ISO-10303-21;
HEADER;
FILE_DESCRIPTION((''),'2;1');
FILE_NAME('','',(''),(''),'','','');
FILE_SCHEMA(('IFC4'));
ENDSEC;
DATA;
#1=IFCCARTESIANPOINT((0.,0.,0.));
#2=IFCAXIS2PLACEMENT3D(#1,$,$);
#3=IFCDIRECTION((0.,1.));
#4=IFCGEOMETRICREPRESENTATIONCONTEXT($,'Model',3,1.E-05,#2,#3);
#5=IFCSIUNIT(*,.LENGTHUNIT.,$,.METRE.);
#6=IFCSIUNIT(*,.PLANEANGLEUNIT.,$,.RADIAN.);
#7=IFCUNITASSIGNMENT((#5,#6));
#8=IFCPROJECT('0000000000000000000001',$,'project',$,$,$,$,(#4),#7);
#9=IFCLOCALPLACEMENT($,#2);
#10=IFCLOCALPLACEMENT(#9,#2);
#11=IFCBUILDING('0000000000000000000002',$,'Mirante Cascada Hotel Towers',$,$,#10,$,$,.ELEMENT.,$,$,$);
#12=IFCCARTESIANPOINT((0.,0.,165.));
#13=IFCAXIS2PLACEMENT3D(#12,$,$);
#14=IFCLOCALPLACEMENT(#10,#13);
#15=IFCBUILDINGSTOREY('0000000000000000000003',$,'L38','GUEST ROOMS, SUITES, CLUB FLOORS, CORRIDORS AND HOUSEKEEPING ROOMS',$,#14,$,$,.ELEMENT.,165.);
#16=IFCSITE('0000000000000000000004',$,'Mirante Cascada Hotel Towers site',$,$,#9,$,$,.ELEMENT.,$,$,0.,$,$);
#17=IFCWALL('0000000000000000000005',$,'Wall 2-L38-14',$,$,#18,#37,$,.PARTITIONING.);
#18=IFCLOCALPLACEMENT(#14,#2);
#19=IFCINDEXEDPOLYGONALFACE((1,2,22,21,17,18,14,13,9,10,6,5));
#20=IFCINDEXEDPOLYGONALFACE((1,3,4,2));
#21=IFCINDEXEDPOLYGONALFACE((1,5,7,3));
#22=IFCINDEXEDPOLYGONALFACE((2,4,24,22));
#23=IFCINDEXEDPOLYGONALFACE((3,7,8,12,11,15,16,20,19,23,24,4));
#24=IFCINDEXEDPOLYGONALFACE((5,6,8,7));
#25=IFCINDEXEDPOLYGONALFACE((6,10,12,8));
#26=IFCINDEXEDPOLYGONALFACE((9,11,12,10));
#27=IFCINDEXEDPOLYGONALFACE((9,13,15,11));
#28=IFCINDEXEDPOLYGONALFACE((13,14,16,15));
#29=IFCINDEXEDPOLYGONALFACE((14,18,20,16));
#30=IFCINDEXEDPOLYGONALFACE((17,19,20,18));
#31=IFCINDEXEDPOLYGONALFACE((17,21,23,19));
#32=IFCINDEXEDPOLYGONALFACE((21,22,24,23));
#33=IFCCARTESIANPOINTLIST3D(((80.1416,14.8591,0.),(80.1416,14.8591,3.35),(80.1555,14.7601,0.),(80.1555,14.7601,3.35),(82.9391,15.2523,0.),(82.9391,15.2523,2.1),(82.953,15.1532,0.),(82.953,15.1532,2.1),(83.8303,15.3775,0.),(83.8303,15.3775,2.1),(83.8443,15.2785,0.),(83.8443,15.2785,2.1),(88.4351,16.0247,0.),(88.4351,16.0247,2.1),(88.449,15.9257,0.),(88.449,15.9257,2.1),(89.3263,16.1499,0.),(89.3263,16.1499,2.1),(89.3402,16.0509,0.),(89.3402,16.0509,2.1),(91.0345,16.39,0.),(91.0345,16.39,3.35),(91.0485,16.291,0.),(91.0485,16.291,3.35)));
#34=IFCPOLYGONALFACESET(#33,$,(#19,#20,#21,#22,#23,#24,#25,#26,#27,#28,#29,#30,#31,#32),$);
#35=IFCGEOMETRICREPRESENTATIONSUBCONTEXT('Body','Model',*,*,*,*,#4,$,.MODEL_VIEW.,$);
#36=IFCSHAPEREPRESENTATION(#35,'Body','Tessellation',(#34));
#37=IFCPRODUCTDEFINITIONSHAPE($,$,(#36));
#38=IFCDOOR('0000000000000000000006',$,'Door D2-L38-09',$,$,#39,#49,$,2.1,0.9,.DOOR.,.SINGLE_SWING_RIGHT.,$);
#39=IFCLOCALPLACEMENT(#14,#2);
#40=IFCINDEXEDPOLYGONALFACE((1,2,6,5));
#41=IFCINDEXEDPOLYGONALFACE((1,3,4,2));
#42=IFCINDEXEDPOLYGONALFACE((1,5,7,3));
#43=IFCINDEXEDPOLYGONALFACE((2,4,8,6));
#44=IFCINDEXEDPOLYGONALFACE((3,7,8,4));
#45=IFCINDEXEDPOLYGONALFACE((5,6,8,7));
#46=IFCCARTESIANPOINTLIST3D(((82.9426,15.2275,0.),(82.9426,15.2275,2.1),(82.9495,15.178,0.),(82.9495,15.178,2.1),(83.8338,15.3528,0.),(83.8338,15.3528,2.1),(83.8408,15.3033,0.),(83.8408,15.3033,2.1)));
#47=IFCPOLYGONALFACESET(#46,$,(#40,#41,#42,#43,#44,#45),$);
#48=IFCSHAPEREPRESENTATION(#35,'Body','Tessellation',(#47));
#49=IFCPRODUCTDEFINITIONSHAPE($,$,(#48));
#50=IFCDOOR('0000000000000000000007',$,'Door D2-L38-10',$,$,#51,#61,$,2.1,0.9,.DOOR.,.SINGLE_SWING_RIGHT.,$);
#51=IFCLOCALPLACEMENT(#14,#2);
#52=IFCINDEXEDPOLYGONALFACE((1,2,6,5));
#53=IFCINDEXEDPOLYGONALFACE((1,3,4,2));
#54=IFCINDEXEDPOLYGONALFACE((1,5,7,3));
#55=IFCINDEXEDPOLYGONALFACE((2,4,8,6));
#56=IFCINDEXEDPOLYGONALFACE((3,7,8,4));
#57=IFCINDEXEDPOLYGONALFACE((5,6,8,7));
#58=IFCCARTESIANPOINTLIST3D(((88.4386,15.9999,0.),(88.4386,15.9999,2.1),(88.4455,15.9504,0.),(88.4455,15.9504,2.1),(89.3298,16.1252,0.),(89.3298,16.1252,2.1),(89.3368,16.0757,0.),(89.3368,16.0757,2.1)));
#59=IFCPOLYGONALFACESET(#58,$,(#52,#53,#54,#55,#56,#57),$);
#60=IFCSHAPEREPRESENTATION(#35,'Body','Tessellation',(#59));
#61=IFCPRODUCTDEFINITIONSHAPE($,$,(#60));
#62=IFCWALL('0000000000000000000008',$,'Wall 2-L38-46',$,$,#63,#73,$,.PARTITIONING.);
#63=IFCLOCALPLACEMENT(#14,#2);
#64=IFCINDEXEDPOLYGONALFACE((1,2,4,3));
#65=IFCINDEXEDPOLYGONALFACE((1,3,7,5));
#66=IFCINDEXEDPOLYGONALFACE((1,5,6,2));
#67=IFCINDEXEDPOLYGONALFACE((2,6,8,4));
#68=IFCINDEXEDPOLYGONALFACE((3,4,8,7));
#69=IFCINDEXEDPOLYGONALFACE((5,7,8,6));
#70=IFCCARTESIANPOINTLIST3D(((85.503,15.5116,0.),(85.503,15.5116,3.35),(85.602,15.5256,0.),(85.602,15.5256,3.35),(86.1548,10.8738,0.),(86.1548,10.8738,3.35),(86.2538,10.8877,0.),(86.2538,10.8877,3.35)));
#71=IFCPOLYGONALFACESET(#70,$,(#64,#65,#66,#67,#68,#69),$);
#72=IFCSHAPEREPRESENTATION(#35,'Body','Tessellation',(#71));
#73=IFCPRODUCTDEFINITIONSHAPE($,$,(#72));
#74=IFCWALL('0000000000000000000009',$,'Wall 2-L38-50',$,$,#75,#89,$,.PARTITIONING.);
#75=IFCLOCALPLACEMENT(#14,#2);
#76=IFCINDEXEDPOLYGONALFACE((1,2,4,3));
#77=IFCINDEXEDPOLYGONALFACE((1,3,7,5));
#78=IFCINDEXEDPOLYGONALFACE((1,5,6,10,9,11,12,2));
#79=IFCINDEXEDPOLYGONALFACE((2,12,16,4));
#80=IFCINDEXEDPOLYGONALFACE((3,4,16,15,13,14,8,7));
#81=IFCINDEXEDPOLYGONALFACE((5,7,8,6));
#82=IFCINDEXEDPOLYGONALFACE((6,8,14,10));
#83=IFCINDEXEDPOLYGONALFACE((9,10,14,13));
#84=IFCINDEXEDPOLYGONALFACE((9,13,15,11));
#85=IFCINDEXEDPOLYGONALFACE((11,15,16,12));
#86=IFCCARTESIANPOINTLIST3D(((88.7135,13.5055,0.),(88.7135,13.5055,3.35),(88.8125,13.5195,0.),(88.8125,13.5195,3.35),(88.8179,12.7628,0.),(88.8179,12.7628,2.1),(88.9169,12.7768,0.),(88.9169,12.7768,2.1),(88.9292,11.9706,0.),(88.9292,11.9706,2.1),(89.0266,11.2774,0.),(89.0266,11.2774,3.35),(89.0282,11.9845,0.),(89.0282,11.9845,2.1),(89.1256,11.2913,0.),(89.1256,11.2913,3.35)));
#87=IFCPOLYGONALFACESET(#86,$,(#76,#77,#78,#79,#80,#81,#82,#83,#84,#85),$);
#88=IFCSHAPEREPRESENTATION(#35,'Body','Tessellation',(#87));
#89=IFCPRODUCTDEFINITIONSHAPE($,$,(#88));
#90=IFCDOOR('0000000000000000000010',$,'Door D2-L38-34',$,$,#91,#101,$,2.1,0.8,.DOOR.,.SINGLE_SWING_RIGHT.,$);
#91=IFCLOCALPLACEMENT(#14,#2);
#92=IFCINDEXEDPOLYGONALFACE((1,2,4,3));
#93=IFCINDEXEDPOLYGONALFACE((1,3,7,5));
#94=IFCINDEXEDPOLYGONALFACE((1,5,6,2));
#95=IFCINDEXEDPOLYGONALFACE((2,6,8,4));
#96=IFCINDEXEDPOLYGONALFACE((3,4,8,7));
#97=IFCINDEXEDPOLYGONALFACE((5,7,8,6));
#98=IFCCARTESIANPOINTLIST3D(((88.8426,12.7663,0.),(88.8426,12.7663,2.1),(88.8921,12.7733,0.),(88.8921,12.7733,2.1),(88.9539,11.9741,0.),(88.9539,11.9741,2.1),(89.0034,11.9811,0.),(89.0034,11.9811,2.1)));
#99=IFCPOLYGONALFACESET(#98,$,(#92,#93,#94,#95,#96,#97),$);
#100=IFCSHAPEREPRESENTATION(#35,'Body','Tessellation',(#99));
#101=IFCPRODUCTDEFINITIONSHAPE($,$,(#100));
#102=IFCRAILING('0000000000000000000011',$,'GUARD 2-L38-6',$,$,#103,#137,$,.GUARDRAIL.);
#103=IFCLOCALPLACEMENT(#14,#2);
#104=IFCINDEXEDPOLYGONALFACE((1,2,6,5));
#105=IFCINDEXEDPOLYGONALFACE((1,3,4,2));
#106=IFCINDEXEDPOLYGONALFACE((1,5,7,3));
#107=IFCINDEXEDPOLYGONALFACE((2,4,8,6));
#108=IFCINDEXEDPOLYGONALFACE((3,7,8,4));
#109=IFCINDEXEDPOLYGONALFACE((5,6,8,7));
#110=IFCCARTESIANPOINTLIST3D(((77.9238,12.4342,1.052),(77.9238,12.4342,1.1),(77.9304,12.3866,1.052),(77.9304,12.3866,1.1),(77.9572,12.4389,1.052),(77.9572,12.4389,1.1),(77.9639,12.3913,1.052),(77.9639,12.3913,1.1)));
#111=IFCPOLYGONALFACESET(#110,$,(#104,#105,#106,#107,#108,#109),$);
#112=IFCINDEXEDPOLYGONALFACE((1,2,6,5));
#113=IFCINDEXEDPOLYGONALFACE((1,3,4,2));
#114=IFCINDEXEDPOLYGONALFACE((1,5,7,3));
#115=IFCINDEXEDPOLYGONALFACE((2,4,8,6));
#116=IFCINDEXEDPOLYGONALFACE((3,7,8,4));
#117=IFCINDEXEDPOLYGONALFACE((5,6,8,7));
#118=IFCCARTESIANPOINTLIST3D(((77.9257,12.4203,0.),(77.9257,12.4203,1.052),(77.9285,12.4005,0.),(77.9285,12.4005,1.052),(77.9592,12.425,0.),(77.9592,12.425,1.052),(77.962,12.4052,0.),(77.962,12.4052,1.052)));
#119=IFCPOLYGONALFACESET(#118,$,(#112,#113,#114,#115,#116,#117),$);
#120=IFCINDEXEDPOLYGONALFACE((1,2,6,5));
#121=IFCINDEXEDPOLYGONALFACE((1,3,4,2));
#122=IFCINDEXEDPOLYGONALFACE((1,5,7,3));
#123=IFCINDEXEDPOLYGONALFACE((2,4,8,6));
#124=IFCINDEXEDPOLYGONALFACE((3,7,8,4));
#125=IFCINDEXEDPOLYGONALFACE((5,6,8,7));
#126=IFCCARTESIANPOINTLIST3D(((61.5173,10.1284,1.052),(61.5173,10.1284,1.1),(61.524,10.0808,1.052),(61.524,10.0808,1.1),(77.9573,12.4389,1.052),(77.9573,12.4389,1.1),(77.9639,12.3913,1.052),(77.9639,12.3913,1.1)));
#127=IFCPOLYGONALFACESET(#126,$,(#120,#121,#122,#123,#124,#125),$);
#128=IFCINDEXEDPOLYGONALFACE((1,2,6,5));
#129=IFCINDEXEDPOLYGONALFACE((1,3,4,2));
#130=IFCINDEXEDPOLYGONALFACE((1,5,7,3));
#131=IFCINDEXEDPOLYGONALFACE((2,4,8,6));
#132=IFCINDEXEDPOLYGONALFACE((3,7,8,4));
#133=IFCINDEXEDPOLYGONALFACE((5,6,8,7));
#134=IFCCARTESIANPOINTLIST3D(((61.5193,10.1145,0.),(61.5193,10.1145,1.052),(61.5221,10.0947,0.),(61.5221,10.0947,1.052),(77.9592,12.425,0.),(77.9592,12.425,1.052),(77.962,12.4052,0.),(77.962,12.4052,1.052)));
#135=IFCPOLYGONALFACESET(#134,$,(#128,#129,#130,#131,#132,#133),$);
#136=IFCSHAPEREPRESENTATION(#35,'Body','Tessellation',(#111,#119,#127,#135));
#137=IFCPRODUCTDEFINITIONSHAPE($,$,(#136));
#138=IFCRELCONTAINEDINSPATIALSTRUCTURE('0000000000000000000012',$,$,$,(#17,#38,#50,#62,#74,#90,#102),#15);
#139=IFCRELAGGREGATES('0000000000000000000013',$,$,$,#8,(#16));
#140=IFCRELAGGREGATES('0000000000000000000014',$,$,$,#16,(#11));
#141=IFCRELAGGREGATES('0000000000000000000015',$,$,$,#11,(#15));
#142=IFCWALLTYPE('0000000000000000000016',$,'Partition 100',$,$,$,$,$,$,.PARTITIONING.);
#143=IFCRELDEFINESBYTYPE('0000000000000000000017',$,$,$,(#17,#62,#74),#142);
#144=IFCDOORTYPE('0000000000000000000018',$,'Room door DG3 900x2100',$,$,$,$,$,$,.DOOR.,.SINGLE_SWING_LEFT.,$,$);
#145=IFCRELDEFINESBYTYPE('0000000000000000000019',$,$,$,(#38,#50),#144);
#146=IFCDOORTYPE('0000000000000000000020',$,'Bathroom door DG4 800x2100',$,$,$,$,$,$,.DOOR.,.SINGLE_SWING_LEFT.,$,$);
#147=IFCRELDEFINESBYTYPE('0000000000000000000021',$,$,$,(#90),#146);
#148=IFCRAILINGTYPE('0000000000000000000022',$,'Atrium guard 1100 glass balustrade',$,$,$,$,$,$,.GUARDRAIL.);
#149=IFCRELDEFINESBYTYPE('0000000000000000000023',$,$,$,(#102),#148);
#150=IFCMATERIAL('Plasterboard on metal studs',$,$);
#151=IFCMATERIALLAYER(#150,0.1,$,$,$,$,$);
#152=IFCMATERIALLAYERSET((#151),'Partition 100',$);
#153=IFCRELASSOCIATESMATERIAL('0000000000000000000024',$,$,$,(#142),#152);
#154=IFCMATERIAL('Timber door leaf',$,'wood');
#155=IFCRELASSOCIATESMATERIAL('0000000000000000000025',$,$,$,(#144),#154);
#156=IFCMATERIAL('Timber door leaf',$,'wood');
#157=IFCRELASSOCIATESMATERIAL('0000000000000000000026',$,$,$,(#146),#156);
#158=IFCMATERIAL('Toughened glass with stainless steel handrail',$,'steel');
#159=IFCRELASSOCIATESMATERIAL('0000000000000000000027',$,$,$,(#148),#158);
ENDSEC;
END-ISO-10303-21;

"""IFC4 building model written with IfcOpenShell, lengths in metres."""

from ifc_helpers import new_model, si_unit, direction, frame, frame_2d, origin, origin_2d, place, context, subcontext, project, spatial, rectangle, extrude, material, layer, layer_set, type_object, element, fill, save


model = new_model("IFC4")

# Units and contexts
model_context = context("Model", 3, precision=1e-05, world=origin(), true_north=direction((0.0, 1.0)))
body_context = subcontext(model_context, "Body", "Model", "MODEL_VIEW")
ifc_project = project(units=[si_unit("LENGTHUNIT", "METRE"), si_unit("PLANEANGLEUNIT", "RADIAN")], contexts=[model_context])

# Site, building, storey
site_placement = place(None, origin())
site = spatial("IfcSite", under=ifc_project, at=site_placement, Name="Mirante Cascada Hotel Towers site", CompositionType="ELEMENT", RefElevation=0.0)
building_placement = place(site_placement, origin())
building = spatial("IfcBuilding", under=site, at=building_placement, Name="Mirante Cascada Hotel Towers", CompositionType="ELEMENT")
storey_placement = place(building_placement, frame((0.0, 0.0, 165.0)))
storey = spatial("IfcBuildingStorey", under=building, at=storey_placement, Name="L38", Description="GUEST ROOMS, SUITES, CLUB FLOORS, CORRIDORS AND HOUSEKEEPING ROOMS", CompositionType="ELEMENT", Elevation=165.0)

# Shared definitions
ifc_material_1 = material(Name="Plasterboard on metal studs")
ifc_layer_1 = layer(ifc_material_1, 0.1)
ifc_layer_set_1 = layer_set([ifc_layer_1], Name="Partition 100")
wall_type_1 = type_object("IfcWallType", Name="Partition 100", PredefinedType="PARTITIONING", material=ifc_layer_set_1)

# Wall, openings, doors
wall_1_placement = place(storey_placement, frame((91.0415, 16.3405, 0.0), z_axis=(0.0, 0.0, 1.0), x_axis=(-0.990268, -0.139173, 0.0)))
wall_1 = element("IfcWall", 1, at=wall_1_placement, inside=storey, type_object=wall_type_1, Name="Wall 2-L38-14", PredefinedType="PARTITIONING", context=body_context, shape_type="SweptSolid", body=[
    extrude(rectangle(XDim=11.0, YDim=0.1, at=frame_2d((5.5, 0.0))), origin(), (0.0, 0.0, 1.0), 3.35),
])
opening_1_placement = place(wall_1_placement, frame((7.275, 0.0, 0.0)))
opening_1 = element("IfcOpeningElement", 2, at=opening_1_placement, cuts=wall_1, PredefinedType="OPENING", context=body_context, shape_type="SweptSolid", body=[
    extrude(rectangle(XDim=0.9, YDim=2.1, at=frame_2d((0.45, 1.05))), frame((0.0, 0.05, 0.0), z_axis=(0.0, -1.0, 0.0), x_axis=(1.0, 0.0, 0.0)), (0.0, 0.0, 1.0), 0.1),
])
opening_2_placement = place(wall_1_placement, frame((1.725, 0.0, 0.0)))
opening_2 = element("IfcOpeningElement", 3, at=opening_2_placement, cuts=wall_1, PredefinedType="OPENING", context=body_context, shape_type="SweptSolid", body=[
    extrude(rectangle(XDim=0.9, YDim=2.1, at=frame_2d((0.45, 1.05))), frame((0.0, 0.05, 0.0), z_axis=(0.0, -1.0, 0.0), x_axis=(1.0, 0.0, 0.0)), (0.0, 0.0, 1.0), 0.1),
])
ifc_material_2 = material(Name="Timber door leaf", Category="wood")
door_type_1 = type_object("IfcDoorType", Name="Room door DG3 900x2100", OperationType="SINGLE_SWING_LEFT", PredefinedType="DOOR", material=ifc_material_2)
door_1_placement = place(opening_1_placement, frame((0.9, 0.0, 0.0), z_axis=(0.0, 0.0, 1.0), x_axis=(-1.0, 0.0, 0.0)))
door_1 = element("IfcDoor", 4, at=door_1_placement, inside=storey, type_object=door_type_1, Name="Door D2-L38-09", OperationType="SINGLE_SWING_RIGHT", OverallHeight=2.1, OverallWidth=0.9, PredefinedType="DOOR", context=body_context, shape_type="SweptSolid", body=[
    extrude(rectangle(XDim=0.9, YDim=2.1, at=frame_2d((0.45, 1.05))), frame((0.0, 0.025, 0.0), z_axis=(0.0, -1.0, 0.0), x_axis=(1.0, 0.0, 0.0)), (0.0, 0.0, 1.0), 0.05),
])
fill(opening_1, door_1)
door_2_placement = place(opening_2_placement, frame((0.9, 0.0, 0.0), z_axis=(0.0, 0.0, 1.0), x_axis=(-1.0, 0.0, 0.0)))
door_2 = element("IfcDoor", 5, at=door_2_placement, inside=storey, type_object=door_type_1, Name="Door D2-L38-10", OperationType="SINGLE_SWING_RIGHT", OverallHeight=2.1, OverallWidth=0.9, PredefinedType="DOOR", context=body_context, shape_type="SweptSolid", body=[
    extrude(rectangle(XDim=0.9, YDim=2.1, at=frame_2d((0.45, 1.05))), frame((0.0, 0.025, 0.0), z_axis=(0.0, -1.0, 0.0), x_axis=(1.0, 0.0, 0.0)), (0.0, 0.0, 1.0), 0.05),
])
fill(opening_2, door_2)

# Wall
wall_2_placement = place(storey_placement, frame((85.5525, 15.5186, 0.0), z_axis=(0.0, 0.0, 1.0), x_axis=(0.139173, -0.990268, 0.0)))
element("IfcWall", 6, at=wall_2_placement, inside=storey, type_object=wall_type_1, Name="Wall 2-L38-46", PredefinedType="PARTITIONING", context=body_context, shape_type="SweptSolid", body=[
    extrude(rectangle(XDim=4.6834, YDim=0.1, at=frame_2d((2.3417, 0.0))), origin(), (0.0, 0.0, 1.0), 3.35),
])

# Wall, opening, door
wall_3_placement = place(storey_placement, frame((88.763, 13.5125, 0.0), z_axis=(0.0, 0.0, 1.0), x_axis=(0.139156, -0.990271, 0.0)))
wall_3 = element("IfcWall", 7, at=wall_3_placement, inside=storey, type_object=wall_type_1, Name="Wall 2-L38-50", PredefinedType="PARTITIONING", context=body_context, shape_type="SweptSolid", body=[
    extrude(rectangle(XDim=2.25, YDim=0.1, at=frame_2d((1.125, 0.0))), origin(), (0.0, 0.0, 1.0), 3.35),
])
opening_3_placement = place(wall_3_placement, frame((0.75, 0.0, 0.0)))
opening_3 = element("IfcOpeningElement", 8, at=opening_3_placement, cuts=wall_3, PredefinedType="OPENING", context=body_context, shape_type="SweptSolid", body=[
    extrude(rectangle(XDim=0.8, YDim=2.1, at=frame_2d((0.4, 1.05))), frame((0.0, 0.05, 0.0), z_axis=(0.0, -1.0, 0.0), x_axis=(1.0, 0.0, 0.0)), (0.0, 0.0, 1.0), 0.1),
])
ifc_material_3 = material(Name="Timber door leaf", Category="wood")
door_type_2 = type_object("IfcDoorType", Name="Bathroom door DG4 800x2100", OperationType="SINGLE_SWING_LEFT", PredefinedType="DOOR", material=ifc_material_3)
door_3_placement = place(opening_3_placement, frame((0.8, 0.0, 0.0), z_axis=(0.0, 0.0, 1.0), x_axis=(-1.0, 0.0, 0.0)))
door_3 = element("IfcDoor", 9, at=door_3_placement, inside=storey, type_object=door_type_2, Name="Door D2-L38-34", OperationType="SINGLE_SWING_RIGHT", OverallHeight=2.1, OverallWidth=0.8, PredefinedType="DOOR", context=body_context, shape_type="SweptSolid", body=[
    extrude(rectangle(XDim=0.8, YDim=2.1, at=frame_2d((0.4, 1.05))), frame((0.0, 0.025, 0.0), z_axis=(0.0, -1.0, 0.0), x_axis=(1.0, 0.0, 0.0)), (0.0, 0.0, 1.0), 0.05),
])
fill(opening_3, door_3)

# Railing
ifc_material_4 = material(Name="Toughened glass with stainless steel handrail", Category="steel")
railing_type = type_object("IfcRailingType", Name="Atrium guard 1100 glass balustrade", PredefinedType="GUARDRAIL", material=ifc_material_4)
railing_placement = place(storey_placement, frame((77.9271, 12.4104, 0.0)))
element("IfcRailing", 10, at=railing_placement, inside=storey, type_object=railing_type, Name="GUARD 2-L38-6", PredefinedType="GUARDRAIL", context=body_context, shape_type="SweptSolid", body=[
    extrude(rectangle(XDim=0.048, YDim=0.048, at=origin_2d()), frame((0.0, 0.0, 1.076), z_axis=(0.990301, 0.138938, 0.0), x_axis=(-0.138938, 0.990301, 0.0)), (0.0, 0.0, 1.0), 0.0338),
    extrude(rectangle(XDim=0.02, YDim=1.052, at=origin_2d()), frame((0.0, 0.0, 0.526), z_axis=(0.990301, 0.138938, 0.0), x_axis=(-0.138938, 0.990301, 0.0)), (0.0, 0.0, 1.0), 0.0338),
    extrude(rectangle(XDim=0.048, YDim=0.048, at=origin_2d()), frame((0.0335, 0.0047, 1.076), z_axis=(-0.990268, -0.139174, 0.0), x_axis=(0.139174, -0.990268, 0.0)), (0.0, 0.0, 1.0), 16.6015),
    extrude(rectangle(XDim=0.02, YDim=1.052, at=origin_2d()), frame((0.0335, 0.0047, 0.526), z_axis=(-0.990268, -0.139174, 0.0), x_axis=(0.139174, -0.990268, 0.0)), (0.0, 0.0, 1.0), 16.6015),
])

save(model, "model.ifc")
